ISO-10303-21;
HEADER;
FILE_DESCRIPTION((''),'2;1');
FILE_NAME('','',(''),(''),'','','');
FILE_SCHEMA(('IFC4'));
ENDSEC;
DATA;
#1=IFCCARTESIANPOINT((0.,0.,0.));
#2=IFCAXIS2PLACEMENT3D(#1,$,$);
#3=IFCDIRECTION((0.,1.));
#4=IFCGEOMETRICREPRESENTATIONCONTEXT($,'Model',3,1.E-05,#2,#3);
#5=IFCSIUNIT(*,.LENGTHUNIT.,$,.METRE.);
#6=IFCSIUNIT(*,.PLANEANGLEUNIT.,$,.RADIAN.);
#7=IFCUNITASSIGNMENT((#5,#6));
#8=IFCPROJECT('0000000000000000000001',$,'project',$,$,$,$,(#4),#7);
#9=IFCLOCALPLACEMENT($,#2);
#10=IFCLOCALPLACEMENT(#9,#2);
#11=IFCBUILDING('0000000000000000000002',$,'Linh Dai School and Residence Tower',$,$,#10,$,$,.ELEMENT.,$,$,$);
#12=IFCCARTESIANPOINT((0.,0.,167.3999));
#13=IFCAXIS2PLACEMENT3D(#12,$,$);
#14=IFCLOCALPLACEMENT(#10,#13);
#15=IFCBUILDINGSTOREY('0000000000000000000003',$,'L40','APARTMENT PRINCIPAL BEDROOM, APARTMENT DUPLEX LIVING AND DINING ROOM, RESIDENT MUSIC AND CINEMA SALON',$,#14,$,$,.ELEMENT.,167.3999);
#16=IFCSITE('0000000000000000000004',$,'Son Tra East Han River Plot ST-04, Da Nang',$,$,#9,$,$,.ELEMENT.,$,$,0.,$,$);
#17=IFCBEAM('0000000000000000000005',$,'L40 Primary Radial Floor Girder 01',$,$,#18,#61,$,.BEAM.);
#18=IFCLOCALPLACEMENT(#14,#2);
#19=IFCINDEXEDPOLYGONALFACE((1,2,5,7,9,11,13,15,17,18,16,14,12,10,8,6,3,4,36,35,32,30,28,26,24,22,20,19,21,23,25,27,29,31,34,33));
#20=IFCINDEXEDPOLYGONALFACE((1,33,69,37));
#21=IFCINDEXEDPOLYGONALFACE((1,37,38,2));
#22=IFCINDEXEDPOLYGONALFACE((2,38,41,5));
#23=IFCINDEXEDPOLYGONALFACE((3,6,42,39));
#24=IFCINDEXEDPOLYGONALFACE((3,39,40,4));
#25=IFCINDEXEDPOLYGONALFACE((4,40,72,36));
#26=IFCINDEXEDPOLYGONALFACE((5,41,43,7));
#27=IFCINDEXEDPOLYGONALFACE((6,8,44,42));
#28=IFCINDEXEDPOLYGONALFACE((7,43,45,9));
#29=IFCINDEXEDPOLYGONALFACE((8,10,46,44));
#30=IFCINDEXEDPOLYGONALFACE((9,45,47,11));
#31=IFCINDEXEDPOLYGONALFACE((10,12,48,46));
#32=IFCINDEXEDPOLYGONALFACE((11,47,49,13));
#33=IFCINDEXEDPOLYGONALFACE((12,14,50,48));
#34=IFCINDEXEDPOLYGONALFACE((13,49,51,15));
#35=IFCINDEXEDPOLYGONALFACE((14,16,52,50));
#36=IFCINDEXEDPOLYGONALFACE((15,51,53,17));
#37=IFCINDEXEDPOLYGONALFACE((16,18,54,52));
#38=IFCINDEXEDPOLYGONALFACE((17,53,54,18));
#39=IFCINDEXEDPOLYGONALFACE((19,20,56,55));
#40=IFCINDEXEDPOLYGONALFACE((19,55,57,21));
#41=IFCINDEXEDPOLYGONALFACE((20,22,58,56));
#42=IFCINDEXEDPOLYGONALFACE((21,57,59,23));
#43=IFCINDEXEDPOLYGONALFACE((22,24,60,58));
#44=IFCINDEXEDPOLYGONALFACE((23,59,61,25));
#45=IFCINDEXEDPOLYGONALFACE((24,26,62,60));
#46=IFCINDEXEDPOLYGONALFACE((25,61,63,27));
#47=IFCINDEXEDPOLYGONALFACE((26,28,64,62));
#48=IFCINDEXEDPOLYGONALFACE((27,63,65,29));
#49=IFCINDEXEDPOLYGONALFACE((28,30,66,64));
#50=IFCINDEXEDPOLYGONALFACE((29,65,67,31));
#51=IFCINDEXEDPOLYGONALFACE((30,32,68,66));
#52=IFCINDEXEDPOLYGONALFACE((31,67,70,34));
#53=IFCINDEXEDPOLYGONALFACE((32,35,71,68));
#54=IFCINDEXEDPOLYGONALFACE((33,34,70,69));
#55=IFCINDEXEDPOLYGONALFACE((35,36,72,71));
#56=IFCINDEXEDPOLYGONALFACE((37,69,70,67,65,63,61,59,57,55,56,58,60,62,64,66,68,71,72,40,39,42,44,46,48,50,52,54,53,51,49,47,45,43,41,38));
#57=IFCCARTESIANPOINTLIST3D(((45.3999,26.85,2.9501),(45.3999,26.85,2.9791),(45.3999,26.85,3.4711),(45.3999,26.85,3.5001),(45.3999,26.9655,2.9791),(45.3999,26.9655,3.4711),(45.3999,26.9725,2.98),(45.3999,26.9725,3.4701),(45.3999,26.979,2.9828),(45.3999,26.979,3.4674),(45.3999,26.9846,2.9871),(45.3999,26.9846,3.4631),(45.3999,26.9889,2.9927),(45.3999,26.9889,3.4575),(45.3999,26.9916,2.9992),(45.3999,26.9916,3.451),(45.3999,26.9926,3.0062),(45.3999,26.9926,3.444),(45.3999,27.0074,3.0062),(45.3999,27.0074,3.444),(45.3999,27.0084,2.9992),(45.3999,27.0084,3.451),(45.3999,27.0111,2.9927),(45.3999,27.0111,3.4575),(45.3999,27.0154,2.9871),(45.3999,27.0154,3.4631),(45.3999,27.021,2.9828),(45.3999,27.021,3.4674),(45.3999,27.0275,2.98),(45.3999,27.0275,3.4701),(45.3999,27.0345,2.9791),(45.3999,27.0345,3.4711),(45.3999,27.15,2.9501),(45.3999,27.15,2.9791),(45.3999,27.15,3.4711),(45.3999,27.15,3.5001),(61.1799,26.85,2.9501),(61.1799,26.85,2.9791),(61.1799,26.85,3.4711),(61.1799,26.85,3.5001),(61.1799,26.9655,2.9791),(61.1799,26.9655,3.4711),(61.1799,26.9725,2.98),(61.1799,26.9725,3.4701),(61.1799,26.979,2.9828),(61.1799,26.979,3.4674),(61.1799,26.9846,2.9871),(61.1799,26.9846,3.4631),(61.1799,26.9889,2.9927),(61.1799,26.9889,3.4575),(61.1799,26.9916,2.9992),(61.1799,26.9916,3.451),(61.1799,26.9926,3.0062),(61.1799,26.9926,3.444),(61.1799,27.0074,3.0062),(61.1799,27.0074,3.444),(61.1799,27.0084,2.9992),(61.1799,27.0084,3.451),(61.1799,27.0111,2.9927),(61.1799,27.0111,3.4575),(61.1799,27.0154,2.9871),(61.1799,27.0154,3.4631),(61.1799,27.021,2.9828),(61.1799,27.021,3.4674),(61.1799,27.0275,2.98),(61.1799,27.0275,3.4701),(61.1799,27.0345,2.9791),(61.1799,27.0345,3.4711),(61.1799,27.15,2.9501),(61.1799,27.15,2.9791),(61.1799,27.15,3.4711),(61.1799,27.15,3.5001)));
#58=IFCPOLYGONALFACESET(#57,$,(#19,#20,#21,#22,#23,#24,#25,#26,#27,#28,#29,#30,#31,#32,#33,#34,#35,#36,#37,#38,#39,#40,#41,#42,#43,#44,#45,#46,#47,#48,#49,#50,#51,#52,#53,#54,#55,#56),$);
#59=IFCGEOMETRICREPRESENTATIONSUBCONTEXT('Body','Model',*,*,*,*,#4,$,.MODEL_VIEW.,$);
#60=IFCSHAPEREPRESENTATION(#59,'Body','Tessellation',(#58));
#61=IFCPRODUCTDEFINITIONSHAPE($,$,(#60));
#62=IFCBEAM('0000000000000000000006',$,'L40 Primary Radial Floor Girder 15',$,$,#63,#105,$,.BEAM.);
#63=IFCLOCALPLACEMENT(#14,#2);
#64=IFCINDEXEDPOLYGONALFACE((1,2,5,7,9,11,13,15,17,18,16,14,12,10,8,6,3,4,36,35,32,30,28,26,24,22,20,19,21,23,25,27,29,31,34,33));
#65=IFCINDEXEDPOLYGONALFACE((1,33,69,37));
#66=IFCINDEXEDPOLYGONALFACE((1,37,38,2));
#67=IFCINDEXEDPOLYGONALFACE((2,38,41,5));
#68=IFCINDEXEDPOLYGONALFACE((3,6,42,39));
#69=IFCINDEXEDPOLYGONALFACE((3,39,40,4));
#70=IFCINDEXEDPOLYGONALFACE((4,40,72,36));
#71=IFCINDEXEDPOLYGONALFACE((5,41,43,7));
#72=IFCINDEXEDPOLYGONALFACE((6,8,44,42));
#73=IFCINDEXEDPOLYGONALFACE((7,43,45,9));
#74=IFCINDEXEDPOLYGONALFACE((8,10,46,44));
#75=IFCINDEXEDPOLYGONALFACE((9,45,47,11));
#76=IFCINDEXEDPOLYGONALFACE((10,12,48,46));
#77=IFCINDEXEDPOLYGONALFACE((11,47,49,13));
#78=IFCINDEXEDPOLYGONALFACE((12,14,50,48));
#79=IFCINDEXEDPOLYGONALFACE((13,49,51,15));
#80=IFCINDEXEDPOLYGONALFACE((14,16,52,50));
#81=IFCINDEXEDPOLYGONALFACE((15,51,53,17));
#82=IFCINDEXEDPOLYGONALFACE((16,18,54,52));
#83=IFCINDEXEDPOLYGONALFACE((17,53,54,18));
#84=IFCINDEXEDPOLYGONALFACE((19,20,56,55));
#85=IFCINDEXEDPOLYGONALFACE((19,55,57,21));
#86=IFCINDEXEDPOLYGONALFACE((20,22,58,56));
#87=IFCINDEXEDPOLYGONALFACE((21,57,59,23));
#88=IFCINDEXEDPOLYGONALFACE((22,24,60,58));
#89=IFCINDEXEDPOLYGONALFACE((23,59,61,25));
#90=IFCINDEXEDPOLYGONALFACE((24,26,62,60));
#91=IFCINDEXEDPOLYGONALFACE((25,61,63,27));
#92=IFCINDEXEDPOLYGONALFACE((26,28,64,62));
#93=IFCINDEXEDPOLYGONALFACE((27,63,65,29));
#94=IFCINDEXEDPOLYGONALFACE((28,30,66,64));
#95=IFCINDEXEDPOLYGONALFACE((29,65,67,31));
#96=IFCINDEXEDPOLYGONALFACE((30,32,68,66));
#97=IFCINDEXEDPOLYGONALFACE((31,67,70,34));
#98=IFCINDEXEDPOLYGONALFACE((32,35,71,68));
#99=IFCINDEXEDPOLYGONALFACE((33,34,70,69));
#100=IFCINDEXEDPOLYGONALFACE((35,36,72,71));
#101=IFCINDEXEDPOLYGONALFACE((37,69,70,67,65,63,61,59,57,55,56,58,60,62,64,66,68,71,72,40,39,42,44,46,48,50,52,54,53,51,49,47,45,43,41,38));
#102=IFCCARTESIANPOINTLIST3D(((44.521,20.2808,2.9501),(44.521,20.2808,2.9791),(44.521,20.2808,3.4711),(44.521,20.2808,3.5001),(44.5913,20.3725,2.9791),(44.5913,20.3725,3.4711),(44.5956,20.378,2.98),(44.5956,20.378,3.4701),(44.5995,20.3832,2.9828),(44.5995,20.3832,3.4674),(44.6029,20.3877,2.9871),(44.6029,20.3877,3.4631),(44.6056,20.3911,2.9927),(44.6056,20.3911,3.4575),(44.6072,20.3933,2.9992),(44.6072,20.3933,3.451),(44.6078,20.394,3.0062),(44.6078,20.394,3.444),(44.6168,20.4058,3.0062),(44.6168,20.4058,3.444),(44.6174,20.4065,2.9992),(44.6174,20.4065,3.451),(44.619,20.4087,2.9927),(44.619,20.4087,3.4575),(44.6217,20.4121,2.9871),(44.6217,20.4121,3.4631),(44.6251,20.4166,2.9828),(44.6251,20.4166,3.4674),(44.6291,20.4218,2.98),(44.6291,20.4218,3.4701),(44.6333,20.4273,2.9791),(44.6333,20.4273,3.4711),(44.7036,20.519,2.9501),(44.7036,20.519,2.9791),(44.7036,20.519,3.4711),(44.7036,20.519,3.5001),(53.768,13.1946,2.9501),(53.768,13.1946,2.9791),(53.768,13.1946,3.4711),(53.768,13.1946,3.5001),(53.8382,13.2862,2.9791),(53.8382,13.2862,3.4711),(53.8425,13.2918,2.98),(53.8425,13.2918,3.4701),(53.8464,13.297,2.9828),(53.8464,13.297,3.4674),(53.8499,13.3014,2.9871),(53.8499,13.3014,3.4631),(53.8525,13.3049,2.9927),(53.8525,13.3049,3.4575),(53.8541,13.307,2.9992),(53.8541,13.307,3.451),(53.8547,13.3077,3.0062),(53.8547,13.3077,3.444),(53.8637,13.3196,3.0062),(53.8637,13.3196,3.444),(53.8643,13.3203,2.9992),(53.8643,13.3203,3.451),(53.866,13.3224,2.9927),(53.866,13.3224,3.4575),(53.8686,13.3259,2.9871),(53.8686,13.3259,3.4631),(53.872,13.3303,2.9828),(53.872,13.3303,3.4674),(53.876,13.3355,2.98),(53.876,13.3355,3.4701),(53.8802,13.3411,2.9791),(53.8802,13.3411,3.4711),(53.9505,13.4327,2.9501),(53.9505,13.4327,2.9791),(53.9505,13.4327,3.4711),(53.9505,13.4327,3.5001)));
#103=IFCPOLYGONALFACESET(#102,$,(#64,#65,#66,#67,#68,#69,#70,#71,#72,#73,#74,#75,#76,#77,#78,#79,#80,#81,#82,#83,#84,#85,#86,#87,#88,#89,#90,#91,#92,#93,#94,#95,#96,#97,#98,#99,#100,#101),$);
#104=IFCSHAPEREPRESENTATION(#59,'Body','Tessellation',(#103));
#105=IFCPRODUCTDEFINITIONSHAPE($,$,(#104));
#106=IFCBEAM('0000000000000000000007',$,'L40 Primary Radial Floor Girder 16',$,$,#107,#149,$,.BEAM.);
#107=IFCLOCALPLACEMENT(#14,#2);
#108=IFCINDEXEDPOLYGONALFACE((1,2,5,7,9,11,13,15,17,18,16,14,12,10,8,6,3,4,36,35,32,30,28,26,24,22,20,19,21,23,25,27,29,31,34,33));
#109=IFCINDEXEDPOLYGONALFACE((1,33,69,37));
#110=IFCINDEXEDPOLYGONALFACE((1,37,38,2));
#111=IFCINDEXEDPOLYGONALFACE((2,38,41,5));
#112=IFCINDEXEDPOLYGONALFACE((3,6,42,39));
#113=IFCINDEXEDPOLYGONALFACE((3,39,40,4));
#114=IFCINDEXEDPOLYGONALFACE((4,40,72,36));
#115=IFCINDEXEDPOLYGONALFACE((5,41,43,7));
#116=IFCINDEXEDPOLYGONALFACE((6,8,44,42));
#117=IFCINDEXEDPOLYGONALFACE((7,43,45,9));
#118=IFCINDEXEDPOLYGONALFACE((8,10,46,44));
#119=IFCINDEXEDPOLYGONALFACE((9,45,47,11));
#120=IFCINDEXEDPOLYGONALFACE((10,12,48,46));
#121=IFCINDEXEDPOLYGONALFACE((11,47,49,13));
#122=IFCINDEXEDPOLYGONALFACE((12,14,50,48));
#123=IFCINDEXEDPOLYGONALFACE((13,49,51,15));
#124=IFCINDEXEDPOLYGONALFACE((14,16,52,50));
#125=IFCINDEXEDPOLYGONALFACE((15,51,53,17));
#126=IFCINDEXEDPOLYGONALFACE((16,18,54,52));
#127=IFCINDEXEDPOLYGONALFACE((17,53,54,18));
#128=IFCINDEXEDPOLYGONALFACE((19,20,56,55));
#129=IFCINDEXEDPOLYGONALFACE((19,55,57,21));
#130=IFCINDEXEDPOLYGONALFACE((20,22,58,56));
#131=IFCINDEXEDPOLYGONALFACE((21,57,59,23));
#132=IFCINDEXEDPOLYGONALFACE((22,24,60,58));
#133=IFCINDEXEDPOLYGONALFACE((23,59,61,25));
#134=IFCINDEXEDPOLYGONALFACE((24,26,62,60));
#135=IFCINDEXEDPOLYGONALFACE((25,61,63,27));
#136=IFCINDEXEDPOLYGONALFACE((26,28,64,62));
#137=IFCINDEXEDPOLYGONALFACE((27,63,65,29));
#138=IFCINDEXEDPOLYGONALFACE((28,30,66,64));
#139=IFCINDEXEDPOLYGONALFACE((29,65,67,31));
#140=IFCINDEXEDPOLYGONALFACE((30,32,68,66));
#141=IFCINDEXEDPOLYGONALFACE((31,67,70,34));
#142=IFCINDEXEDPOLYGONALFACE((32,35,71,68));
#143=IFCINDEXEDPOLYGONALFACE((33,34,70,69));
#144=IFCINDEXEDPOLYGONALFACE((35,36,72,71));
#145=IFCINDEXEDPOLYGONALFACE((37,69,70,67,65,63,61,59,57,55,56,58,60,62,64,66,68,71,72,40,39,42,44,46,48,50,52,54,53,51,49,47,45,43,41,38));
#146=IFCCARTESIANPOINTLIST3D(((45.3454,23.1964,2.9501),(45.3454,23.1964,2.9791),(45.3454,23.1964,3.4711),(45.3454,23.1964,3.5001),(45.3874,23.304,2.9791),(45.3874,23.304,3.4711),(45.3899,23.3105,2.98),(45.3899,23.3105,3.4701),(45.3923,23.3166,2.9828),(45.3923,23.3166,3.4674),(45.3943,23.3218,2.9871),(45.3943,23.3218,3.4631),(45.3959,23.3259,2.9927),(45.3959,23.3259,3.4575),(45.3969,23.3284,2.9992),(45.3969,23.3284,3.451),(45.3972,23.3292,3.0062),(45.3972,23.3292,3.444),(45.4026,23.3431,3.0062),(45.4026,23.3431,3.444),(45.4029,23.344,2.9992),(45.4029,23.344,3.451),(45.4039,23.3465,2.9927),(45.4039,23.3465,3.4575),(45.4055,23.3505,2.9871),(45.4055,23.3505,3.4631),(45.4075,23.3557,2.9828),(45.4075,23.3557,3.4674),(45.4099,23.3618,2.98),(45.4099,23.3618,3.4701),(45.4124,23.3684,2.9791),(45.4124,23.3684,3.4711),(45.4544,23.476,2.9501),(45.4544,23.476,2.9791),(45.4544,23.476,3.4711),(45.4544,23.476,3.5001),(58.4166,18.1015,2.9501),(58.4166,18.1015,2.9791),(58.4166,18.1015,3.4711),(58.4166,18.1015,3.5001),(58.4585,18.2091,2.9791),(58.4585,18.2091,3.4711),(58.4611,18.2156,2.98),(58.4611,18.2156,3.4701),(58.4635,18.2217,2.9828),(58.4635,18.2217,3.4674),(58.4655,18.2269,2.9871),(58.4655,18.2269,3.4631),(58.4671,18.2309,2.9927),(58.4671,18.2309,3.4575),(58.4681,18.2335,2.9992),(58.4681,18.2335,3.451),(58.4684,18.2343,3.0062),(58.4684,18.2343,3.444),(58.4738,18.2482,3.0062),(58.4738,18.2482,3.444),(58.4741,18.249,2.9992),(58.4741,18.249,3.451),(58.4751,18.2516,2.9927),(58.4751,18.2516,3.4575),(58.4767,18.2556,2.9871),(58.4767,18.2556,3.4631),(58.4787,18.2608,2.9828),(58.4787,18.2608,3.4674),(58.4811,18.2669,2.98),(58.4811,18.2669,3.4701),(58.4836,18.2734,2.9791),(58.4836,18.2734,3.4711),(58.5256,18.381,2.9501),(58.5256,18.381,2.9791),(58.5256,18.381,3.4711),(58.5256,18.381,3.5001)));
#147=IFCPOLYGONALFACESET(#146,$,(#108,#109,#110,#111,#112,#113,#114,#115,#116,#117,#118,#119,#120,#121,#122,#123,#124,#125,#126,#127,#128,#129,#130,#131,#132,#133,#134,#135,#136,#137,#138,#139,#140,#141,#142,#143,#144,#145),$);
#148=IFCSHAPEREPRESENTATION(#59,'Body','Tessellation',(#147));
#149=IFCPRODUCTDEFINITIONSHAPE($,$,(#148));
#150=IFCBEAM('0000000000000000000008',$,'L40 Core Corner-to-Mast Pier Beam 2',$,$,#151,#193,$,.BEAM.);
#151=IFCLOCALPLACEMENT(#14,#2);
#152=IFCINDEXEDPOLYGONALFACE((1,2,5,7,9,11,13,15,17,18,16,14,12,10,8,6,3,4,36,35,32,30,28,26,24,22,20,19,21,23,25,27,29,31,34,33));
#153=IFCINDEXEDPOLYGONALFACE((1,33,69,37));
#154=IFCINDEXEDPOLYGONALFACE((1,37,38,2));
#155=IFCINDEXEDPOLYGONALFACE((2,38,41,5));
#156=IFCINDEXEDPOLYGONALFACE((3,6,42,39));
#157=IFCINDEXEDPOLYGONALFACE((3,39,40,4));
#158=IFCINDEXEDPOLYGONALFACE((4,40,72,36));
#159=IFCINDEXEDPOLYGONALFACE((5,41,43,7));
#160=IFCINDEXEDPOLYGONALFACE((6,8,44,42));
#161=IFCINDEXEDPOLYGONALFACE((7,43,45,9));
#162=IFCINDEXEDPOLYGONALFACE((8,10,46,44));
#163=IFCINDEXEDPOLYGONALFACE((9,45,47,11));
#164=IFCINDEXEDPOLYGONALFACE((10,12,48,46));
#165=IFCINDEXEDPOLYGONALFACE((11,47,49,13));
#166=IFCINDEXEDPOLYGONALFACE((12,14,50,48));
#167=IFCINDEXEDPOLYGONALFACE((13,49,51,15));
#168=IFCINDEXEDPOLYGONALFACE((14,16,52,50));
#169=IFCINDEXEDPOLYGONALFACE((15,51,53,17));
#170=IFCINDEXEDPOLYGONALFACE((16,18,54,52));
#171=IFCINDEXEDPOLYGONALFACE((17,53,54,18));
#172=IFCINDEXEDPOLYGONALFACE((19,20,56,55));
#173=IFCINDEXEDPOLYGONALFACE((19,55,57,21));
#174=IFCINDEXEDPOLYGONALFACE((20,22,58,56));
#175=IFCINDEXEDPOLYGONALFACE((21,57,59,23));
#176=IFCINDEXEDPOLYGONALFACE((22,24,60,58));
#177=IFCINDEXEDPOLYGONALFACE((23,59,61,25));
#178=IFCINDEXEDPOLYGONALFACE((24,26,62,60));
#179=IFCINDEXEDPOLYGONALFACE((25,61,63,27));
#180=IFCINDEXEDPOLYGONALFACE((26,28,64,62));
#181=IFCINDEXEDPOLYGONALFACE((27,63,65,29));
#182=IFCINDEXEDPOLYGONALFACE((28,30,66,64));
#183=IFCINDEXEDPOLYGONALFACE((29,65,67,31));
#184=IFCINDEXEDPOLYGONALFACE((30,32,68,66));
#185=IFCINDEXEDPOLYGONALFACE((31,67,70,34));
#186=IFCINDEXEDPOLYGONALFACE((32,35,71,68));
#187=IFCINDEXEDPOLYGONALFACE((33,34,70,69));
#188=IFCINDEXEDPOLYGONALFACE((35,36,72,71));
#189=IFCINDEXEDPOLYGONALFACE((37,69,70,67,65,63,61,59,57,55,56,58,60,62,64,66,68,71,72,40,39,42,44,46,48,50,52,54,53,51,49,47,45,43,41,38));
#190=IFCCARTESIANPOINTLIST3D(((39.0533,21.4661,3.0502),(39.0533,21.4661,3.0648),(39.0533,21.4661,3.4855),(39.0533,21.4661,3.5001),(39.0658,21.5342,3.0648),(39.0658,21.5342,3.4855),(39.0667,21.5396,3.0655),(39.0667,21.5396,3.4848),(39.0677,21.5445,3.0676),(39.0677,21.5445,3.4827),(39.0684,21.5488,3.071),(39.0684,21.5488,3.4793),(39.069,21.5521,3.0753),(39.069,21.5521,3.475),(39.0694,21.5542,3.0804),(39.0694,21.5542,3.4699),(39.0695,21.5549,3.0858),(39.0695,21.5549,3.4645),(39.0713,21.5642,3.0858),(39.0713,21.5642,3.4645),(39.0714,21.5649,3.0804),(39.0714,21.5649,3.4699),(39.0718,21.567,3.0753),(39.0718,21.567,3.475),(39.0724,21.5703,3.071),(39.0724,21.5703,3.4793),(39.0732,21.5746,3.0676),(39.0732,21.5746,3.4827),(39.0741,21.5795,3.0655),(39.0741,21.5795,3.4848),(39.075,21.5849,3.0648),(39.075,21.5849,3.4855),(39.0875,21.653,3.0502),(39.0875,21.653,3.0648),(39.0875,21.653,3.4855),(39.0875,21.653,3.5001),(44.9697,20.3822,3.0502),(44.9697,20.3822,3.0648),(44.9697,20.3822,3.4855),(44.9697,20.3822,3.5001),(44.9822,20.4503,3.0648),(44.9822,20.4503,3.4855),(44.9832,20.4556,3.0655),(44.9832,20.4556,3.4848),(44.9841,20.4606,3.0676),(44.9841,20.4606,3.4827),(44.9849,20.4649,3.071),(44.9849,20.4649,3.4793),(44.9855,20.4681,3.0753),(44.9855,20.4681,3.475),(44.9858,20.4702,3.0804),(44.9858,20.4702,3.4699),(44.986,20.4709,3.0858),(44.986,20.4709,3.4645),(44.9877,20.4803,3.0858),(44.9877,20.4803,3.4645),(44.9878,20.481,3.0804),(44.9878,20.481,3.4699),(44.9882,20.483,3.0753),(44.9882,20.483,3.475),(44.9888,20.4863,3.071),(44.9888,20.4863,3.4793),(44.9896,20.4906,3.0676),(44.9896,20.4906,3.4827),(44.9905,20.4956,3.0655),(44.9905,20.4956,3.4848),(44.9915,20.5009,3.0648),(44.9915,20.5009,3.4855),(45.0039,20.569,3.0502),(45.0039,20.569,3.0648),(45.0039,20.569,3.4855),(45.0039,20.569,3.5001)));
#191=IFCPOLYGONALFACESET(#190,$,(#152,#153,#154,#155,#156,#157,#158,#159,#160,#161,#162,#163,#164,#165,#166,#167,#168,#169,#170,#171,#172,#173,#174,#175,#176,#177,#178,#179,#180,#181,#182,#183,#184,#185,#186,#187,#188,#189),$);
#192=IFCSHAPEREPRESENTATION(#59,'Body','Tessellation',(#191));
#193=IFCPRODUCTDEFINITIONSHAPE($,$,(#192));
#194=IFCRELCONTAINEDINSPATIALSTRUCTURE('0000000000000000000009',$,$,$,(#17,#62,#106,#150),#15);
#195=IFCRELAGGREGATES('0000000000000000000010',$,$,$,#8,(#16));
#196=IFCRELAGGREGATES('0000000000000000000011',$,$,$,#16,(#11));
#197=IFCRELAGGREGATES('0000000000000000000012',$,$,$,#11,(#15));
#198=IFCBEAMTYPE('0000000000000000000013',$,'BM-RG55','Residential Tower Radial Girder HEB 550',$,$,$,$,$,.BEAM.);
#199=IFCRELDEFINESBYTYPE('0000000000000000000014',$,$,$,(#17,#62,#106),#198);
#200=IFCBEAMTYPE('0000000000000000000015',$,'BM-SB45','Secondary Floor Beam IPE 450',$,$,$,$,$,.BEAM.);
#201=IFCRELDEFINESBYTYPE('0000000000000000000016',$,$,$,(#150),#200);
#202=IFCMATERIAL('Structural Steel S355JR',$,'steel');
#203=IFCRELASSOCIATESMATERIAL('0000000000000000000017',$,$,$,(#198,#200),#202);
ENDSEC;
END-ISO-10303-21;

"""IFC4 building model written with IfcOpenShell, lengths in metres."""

from ifc_helpers import new_model, si_unit, direction, frame, origin, origin_2d, place, context, subcontext, project, spatial, i_section, extrude, material, material_profile, profile_set, type_object, element, save


model = new_model("IFC4")

# Units and contexts
model_context = context("Model", 3, precision=1e-05, world=origin(), true_north=direction((0.0, 1.0)))
body_context = subcontext(model_context, "Body", "Model", "MODEL_VIEW")
ifc_project = project(units=[si_unit("LENGTHUNIT", "METRE"), si_unit("PLANEANGLEUNIT", "RADIAN")], contexts=[model_context])

# Site, building, storey
site_placement = place(None, origin())
site = spatial("IfcSite", under=ifc_project, at=site_placement, Name="Son Tra East Han River Plot ST-04, Da Nang", CompositionType="ELEMENT", RefElevation=0.0)
building_placement = place(site_placement, origin())
building = spatial("IfcBuilding", under=site, at=building_placement, Name="Linh Dai School and Residence Tower", CompositionType="ELEMENT")
storey_placement = place(building_placement, frame((0.0, 0.0, 167.3999)))
storey = spatial("IfcBuildingStorey", under=building, at=storey_placement, Name="L40", Description="APARTMENT PRINCIPAL BEDROOM, APARTMENT DUPLEX LIVING AND DINING ROOM, RESIDENT MUSIC AND CINEMA SALON", CompositionType="ELEMENT", Elevation=167.3999)

# Shared definitions
ifc_material_1 = material(Name="Structural Steel S355JR", Category="steel")

# Beams
ifc_material_profile_1 = material_profile(ifc_material_1, i_section(OverallWidth=0.3, OverallDepth=0.55, WebThickness=0.0149, FlangeThickness=0.0291, FilletRadius=0.0271, at=origin_2d()), Name="HEB 550")
ifc_profile_set_1 = profile_set([ifc_material_profile_1], Name="Structural Steel S355JR")
beam_type_1 = type_object("IfcBeamType", Name="BM-RG55", Description="Residential Tower Radial Girder HEB 550", PredefinedType="BEAM", material=ifc_profile_set_1)
beam_1_placement = place(storey_placement, frame((45.3999, 27.0, 3.2251), z_axis=(1.0, 0.0, 0.0), x_axis=(0.0, 1.0, 0.0)))
element("IfcBeam", 1, at=beam_1_placement, inside=storey, type_object=beam_type_1, Name="L40 Primary Radial Floor Girder 01", PredefinedType="BEAM", context=body_context, shape_type="SweptSolid", body=[
    extrude(i_section(OverallWidth=0.3, OverallDepth=0.55, WebThickness=0.0149, FlangeThickness=0.0291, FilletRadius=0.0271, at=origin_2d()), origin(), (0.0, 0.0, 1.0), 15.78),
])
beam_2_placement = place(storey_placement, frame((44.6123, 20.3999, 3.2251), z_axis=(0.793733, -0.608267, 0.0), x_axis=(0.608267, 0.793733, 0.0)))
element("IfcBeam", 2, at=beam_2_placement, inside=storey, type_object=beam_type_1, Name="L40 Primary Radial Floor Girder 15", PredefinedType="BEAM", context=body_context, shape_type="SweptSolid", body=[
    extrude(i_section(OverallWidth=0.3, OverallDepth=0.55, WebThickness=0.0149, FlangeThickness=0.0291, FilletRadius=0.0271, at=origin_2d()), origin(), (0.0, 0.0, 1.0), 11.6499),
])
beam_3_placement = place(storey_placement, frame((45.3999, 23.3362, 3.2251), z_axis=(0.931723, -0.36317, 0.0), x_axis=(0.36317, 0.931723, 0.0)))
element("IfcBeam", 3, at=beam_3_placement, inside=storey, type_object=beam_type_1, Name="L40 Primary Radial Floor Girder 16", PredefinedType="BEAM", context=body_context, shape_type="SweptSolid", body=[
    extrude(i_section(OverallWidth=0.3, OverallDepth=0.55, WebThickness=0.0149, FlangeThickness=0.0291, FilletRadius=0.0271, at=origin_2d()), origin(), (0.0, 0.0, 1.0), 14.0291),
])
ifc_material_profile_2 = material_profile(ifc_material_1, i_section(OverallWidth=0.1899, OverallDepth=0.45, WebThickness=0.0095, FlangeThickness=0.0146, FilletRadius=0.021, at=origin_2d()), Name="IPE 450")
ifc_profile_set_2 = profile_set([ifc_material_profile_2], Name="Structural Steel S355JR")
beam_type_2 = type_object("IfcBeamType", Name="BM-SB45", Description="Secondary Floor Beam IPE 450", PredefinedType="BEAM", material=ifc_profile_set_2)
beam_4_placement = place(storey_placement, frame((44.9868, 20.4756, 3.2751), z_axis=(-0.983627, 0.180214, 0.0), x_axis=(-0.180214, -0.983627, 0.0)))
element("IfcBeam", 4, at=beam_4_placement, inside=storey, type_object=beam_type_2, Name="L40 Core Corner-to-Mast Pier Beam 2", PredefinedType="BEAM", context=body_context, shape_type="SweptSolid", body=[
    extrude(i_section(OverallWidth=0.1899, OverallDepth=0.45, WebThickness=0.0095, FlangeThickness=0.0146, FilletRadius=0.021, at=origin_2d()), origin(), (0.0, 0.0, 1.0), 6.0149),
])

save(model, "model.ifc")
